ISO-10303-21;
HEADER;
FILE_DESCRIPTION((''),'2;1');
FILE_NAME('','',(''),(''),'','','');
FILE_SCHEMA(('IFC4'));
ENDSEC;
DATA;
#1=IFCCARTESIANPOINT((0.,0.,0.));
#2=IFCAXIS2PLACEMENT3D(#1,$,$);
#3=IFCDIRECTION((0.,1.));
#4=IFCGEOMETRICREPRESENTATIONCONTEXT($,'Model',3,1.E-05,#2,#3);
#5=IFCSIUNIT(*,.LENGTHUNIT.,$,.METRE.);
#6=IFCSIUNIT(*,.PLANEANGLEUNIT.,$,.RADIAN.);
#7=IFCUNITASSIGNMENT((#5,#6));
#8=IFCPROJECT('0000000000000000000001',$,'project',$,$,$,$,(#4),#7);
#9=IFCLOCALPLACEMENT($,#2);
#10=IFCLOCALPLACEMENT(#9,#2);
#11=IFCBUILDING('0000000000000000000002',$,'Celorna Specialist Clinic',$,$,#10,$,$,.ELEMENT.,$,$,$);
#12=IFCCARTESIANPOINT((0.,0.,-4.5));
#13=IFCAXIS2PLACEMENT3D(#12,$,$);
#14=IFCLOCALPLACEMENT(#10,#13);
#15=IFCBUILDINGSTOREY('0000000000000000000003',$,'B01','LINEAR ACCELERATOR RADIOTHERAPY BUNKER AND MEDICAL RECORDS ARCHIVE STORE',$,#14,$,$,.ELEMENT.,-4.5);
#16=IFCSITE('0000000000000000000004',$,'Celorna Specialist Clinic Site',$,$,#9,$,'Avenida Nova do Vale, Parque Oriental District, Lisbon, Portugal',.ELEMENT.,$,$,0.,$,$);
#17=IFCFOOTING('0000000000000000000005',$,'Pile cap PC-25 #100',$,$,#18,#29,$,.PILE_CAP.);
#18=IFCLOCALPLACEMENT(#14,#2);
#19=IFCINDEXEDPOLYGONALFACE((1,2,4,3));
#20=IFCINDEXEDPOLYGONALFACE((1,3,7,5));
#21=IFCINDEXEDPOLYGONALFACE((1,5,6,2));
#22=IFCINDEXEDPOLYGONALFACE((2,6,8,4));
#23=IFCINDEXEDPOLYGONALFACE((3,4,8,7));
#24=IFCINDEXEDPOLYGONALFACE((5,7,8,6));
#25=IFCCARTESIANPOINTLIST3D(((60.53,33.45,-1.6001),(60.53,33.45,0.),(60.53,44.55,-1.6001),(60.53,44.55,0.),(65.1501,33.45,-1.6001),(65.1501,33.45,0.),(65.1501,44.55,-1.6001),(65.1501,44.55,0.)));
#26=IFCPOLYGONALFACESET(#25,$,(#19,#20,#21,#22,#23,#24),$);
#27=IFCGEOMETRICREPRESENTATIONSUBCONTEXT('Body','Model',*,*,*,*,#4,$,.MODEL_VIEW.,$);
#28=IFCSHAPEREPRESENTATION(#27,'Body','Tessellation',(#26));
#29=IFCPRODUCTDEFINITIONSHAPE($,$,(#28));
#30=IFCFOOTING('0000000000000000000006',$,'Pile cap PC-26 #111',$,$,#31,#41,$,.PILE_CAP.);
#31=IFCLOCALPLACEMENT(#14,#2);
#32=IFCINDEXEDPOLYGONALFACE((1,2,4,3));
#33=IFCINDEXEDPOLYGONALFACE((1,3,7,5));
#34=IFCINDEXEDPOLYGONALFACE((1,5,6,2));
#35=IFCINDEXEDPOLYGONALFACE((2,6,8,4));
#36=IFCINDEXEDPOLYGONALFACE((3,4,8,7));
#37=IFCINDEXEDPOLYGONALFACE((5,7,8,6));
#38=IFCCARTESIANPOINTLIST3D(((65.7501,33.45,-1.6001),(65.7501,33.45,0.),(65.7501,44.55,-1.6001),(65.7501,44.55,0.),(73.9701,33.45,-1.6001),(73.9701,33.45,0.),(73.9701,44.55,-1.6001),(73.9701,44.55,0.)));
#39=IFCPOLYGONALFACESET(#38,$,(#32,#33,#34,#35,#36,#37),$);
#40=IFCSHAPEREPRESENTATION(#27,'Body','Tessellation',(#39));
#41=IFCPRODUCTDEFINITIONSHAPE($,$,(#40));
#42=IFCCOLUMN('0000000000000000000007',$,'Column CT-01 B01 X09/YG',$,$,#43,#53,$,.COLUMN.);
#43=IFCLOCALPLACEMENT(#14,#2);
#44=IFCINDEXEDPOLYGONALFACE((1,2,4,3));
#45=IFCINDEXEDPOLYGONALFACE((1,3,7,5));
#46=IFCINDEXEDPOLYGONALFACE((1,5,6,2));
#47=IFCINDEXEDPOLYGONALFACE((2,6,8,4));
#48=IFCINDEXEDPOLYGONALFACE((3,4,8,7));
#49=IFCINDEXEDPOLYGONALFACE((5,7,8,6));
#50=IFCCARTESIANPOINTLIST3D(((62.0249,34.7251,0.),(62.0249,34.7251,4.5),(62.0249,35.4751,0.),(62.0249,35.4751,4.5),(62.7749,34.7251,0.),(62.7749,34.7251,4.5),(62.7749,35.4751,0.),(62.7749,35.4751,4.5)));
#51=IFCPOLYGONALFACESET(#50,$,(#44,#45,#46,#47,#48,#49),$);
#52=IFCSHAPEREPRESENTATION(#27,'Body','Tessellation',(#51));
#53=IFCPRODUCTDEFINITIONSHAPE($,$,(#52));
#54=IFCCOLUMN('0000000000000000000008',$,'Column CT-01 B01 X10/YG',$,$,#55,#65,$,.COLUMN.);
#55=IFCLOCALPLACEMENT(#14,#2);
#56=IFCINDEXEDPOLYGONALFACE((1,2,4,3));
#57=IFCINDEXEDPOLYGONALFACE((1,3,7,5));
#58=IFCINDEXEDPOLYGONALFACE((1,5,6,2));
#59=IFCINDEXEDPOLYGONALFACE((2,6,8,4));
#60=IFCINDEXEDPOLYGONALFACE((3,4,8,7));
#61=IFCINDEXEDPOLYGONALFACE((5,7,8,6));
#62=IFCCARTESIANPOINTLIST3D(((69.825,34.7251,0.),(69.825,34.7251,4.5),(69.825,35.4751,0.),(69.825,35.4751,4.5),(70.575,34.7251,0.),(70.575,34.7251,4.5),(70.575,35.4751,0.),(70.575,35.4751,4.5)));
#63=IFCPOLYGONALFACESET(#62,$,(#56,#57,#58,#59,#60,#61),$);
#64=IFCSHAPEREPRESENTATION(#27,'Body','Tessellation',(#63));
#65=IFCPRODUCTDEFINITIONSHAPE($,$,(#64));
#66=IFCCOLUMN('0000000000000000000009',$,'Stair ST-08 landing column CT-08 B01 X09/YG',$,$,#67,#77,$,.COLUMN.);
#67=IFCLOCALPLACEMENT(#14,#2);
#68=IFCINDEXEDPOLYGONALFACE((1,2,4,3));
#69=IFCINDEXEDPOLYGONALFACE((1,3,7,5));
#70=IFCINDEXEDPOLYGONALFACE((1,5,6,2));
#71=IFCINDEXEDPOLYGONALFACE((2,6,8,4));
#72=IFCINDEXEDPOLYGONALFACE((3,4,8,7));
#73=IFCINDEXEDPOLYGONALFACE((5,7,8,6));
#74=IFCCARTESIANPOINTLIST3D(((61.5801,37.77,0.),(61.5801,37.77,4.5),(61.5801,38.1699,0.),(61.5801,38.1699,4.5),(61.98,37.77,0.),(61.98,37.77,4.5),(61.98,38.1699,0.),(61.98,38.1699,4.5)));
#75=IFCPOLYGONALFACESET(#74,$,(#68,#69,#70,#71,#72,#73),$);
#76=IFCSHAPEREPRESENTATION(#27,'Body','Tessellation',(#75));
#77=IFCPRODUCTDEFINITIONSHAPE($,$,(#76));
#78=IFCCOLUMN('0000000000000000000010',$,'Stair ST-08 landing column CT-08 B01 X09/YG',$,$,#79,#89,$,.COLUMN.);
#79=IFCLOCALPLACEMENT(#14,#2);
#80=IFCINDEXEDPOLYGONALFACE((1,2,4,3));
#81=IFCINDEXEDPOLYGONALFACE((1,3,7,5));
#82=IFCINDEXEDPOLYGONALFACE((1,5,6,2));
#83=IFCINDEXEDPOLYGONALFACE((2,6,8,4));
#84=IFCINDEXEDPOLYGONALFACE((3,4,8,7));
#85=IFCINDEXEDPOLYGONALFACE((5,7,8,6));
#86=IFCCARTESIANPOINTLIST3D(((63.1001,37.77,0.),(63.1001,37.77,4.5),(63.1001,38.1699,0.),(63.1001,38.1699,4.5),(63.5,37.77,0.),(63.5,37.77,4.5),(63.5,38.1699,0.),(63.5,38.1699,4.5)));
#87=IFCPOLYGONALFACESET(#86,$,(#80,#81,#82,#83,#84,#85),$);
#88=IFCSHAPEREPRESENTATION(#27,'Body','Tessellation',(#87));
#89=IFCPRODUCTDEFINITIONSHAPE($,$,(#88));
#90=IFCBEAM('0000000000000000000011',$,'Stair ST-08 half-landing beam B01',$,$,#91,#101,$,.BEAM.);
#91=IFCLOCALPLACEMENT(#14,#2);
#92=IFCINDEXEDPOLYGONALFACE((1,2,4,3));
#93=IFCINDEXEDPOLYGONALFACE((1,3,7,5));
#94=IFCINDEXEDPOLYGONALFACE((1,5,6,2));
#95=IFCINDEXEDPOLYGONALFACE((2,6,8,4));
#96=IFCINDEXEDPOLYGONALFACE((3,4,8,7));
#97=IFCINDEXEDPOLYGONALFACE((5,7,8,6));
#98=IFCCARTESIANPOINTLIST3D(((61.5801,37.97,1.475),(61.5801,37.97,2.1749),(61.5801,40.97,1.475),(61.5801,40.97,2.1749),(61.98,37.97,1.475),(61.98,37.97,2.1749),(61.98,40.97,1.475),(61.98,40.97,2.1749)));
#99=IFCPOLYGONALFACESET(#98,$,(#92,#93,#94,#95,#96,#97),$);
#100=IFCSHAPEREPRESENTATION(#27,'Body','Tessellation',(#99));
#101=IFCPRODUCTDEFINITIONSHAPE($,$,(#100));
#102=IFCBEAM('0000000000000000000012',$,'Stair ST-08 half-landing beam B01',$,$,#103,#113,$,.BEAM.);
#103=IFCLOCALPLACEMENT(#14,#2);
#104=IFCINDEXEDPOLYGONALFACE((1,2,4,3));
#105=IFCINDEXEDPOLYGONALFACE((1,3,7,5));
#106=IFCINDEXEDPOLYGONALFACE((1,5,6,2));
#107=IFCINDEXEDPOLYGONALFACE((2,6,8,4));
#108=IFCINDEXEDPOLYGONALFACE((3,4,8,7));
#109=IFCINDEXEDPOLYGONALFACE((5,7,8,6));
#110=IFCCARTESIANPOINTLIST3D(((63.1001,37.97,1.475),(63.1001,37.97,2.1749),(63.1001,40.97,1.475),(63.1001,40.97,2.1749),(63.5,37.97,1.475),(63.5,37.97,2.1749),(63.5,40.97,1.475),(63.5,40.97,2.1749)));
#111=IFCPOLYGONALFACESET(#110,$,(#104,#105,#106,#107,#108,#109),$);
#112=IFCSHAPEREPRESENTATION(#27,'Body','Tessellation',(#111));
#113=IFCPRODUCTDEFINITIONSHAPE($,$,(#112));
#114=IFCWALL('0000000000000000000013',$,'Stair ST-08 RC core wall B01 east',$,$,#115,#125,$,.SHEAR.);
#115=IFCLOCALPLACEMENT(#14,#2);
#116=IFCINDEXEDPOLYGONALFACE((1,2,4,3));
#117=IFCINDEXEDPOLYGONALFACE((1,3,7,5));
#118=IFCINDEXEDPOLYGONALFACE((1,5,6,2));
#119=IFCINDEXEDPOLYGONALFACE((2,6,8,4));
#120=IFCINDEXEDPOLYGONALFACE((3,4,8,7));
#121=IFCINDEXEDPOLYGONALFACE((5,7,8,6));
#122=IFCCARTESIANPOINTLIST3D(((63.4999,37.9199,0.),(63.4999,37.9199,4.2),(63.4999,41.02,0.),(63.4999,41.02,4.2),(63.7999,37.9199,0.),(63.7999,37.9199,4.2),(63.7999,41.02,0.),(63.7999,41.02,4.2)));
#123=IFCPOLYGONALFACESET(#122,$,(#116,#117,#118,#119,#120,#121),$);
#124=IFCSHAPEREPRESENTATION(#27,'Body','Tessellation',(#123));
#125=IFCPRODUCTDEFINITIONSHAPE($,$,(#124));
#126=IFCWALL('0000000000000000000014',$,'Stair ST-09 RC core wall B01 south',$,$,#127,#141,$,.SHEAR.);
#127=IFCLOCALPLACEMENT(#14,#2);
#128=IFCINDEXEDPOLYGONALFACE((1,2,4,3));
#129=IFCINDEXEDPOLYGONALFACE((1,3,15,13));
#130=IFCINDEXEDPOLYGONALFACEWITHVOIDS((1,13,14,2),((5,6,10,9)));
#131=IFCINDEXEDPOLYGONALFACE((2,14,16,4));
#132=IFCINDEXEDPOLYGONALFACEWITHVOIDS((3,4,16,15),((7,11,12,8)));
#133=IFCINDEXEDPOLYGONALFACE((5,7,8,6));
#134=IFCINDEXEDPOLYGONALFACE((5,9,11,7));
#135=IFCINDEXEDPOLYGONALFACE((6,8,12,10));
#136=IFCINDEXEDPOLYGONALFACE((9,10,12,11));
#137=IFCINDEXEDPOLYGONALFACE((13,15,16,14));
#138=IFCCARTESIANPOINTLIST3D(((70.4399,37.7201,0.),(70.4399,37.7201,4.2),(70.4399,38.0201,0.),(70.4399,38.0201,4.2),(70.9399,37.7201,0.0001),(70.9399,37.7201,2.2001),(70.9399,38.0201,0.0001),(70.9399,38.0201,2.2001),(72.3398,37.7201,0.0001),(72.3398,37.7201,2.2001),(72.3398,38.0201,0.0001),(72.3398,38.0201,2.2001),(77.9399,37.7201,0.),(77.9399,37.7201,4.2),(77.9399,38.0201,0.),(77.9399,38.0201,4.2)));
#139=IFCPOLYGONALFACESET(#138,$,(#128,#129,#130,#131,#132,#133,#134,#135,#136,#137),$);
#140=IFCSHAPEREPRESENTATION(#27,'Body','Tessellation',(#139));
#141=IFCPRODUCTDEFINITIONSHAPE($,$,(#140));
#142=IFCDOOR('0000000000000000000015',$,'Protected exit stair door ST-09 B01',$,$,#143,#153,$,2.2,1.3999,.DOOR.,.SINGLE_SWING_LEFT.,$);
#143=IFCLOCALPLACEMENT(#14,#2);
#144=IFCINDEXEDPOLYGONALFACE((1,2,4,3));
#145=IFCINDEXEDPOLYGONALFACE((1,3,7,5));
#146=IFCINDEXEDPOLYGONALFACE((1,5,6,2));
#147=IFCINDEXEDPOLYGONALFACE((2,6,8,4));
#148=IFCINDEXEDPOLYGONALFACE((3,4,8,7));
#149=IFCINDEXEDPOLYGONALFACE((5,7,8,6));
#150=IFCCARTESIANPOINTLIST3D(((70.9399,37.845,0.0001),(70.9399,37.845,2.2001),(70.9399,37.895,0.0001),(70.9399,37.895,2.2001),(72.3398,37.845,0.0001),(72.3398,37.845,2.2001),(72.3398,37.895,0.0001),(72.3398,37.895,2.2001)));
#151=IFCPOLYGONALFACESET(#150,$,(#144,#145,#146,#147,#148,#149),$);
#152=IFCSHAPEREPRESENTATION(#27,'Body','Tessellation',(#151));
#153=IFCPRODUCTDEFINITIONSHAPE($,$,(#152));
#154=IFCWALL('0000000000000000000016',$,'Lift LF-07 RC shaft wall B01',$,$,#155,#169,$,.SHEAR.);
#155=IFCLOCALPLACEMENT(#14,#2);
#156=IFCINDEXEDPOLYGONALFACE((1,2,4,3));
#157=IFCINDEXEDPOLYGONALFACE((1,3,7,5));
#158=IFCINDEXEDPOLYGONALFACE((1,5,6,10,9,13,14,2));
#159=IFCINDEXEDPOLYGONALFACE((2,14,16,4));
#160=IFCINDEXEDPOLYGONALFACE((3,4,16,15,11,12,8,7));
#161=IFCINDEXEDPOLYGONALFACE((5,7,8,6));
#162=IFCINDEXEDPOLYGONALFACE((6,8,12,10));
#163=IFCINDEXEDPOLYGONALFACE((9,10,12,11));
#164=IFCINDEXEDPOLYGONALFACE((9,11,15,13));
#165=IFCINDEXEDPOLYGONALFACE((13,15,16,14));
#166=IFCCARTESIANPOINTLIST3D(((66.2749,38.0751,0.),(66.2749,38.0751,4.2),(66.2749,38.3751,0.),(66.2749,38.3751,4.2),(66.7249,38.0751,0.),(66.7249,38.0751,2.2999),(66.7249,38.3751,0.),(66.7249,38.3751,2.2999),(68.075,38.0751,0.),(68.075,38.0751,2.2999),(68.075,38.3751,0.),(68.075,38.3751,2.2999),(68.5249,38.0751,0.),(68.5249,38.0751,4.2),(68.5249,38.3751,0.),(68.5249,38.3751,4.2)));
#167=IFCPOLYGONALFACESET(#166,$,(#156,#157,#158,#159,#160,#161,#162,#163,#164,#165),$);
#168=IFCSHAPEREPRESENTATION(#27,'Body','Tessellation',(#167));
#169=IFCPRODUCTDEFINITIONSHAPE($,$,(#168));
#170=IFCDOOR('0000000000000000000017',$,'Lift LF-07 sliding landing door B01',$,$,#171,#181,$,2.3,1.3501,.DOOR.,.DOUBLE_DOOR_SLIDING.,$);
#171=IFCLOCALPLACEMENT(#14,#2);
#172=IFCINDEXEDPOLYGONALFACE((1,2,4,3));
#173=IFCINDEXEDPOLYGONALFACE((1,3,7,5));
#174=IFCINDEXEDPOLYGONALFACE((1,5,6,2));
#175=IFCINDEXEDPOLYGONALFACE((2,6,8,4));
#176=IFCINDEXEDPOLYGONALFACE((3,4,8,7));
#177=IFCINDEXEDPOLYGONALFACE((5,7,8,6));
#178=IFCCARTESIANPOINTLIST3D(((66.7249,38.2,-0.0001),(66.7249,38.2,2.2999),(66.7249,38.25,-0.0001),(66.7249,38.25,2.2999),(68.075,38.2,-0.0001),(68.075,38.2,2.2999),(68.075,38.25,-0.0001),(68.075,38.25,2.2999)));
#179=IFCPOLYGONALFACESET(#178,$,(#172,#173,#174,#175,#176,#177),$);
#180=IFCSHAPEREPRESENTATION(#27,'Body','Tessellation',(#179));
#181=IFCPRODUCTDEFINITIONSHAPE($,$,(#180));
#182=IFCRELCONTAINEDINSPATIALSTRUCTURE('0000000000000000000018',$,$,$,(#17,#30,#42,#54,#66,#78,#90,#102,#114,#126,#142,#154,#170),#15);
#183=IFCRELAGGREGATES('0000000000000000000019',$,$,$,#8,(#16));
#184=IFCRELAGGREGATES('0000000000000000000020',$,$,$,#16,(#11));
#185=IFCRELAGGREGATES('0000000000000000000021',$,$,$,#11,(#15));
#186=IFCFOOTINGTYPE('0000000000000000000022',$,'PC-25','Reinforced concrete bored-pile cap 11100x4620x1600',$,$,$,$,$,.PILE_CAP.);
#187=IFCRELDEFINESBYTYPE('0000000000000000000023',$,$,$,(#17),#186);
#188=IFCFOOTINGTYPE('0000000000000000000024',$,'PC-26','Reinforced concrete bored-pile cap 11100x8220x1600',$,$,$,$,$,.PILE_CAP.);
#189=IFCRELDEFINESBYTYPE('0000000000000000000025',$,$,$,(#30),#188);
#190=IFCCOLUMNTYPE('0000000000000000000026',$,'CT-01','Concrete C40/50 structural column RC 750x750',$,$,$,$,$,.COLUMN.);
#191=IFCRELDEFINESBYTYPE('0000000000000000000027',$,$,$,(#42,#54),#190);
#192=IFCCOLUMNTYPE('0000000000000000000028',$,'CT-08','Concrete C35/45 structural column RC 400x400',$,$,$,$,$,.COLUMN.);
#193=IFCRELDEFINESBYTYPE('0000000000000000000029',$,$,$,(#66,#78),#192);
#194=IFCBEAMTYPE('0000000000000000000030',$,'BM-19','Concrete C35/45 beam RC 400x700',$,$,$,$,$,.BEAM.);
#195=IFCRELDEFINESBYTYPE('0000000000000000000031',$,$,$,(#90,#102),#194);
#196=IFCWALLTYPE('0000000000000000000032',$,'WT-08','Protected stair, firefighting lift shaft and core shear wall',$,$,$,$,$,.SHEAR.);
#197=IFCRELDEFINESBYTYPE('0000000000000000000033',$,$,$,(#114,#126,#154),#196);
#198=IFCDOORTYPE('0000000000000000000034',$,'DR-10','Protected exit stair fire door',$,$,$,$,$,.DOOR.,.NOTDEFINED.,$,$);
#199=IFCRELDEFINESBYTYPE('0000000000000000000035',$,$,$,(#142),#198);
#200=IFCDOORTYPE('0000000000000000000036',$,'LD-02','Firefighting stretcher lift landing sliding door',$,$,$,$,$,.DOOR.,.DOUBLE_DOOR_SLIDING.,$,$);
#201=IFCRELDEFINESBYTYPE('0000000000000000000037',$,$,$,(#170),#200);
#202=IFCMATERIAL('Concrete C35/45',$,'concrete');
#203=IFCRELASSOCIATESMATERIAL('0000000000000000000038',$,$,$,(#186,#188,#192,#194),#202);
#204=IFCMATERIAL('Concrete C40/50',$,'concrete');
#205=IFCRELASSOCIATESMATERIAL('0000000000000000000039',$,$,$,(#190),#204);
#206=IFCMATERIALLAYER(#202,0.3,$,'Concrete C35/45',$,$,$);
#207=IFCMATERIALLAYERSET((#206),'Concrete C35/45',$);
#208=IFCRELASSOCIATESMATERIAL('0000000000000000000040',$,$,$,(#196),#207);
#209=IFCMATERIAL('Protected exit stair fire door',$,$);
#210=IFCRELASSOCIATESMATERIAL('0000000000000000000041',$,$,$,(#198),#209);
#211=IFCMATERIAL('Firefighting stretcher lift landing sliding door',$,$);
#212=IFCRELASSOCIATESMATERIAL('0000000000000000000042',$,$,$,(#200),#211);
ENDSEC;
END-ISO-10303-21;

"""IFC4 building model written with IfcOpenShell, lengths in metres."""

from ifc_helpers import new_model, si_unit, direction, frame, frame_2d, origin, origin_2d, place, context, subcontext, project, spatial, rectangle, extrude, material, layer, layer_set, material_profile, profile_set, type_object, element, fill, save


model = new_model("IFC4")

# Units and contexts
model_context = context("Model", 3, precision=1e-05, world=origin(), true_north=direction((0.0, 1.0)))
body_context = subcontext(model_context, "Body", "Model", "MODEL_VIEW")
ifc_project = project(units=[si_unit("LENGTHUNIT", "METRE"), si_unit("PLANEANGLEUNIT", "RADIAN")], contexts=[model_context])

# Site, building, storey
site_placement = place(None, origin())
site = spatial("IfcSite", under=ifc_project, at=site_placement, Name="Celorna Specialist Clinic Site", LongName="Avenida Nova do Vale, Parque Oriental District, Lisbon, Portugal", CompositionType="ELEMENT", RefElevation=0.0)
building_placement = place(site_placement, origin())
building = spatial("IfcBuilding", under=site, at=building_placement, Name="Celorna Specialist Clinic", CompositionType="ELEMENT")
storey_placement = place(building_placement, frame((0.0, 0.0, -4.5)))
storey = spatial("IfcBuildingStorey", under=building, at=storey_placement, Name="B01", Description="LINEAR ACCELERATOR RADIOTHERAPY BUNKER AND MEDICAL RECORDS ARCHIVE STORE", CompositionType="ELEMENT", Elevation=-4.5)

# Shared definitions
ifc_material_1 = material(Name="Concrete C35/45", Category="concrete")

# Footings
footing_type_1 = type_object("IfcFootingType", Name="PC-25", Description="Reinforced concrete bored-pile cap 11100x4620x1600", PredefinedType="PILE_CAP", material=ifc_material_1)
footing_1_placement = place(storey_placement, frame((62.8401, 39.0, -1.6001), z_axis=(0.0, 0.0, 1.0), x_axis=(1.0, 0.0, 0.0)))
element("IfcFooting", 1, at=footing_1_placement, inside=storey, type_object=footing_type_1, Name="Pile cap PC-25 #100", PredefinedType="PILE_CAP", context=body_context, shape_type="SweptSolid", body=[
    extrude(rectangle(XDim=4.6201, YDim=11.1001, at=origin_2d()), origin(), (0.0, 0.0, 1.0), 1.6001),
])
footing_type_2 = type_object("IfcFootingType", Name="PC-26", Description="Reinforced concrete bored-pile cap 11100x8220x1600", PredefinedType="PILE_CAP", material=ifc_material_1)
footing_2_placement = place(storey_placement, frame((69.8601, 39.0, -1.6001), z_axis=(0.0, 0.0, 1.0), x_axis=(1.0, 0.0, 0.0)))
element("IfcFooting", 2, at=footing_2_placement, inside=storey, type_object=footing_type_2, Name="Pile cap PC-26 #111", PredefinedType="PILE_CAP", context=body_context, shape_type="SweptSolid", body=[
    extrude(rectangle(XDim=8.22, YDim=11.1001, at=origin_2d()), origin(), (0.0, 0.0, 1.0), 1.6001),
])

# Columns
ifc_material_2 = material(Name="Concrete C40/50", Category="concrete")
ifc_material_profile_1 = material_profile(ifc_material_2, rectangle(XDim=0.75, YDim=0.75, at=origin_2d()), Name="RC 750x750")
ifc_profile_set_1 = profile_set([ifc_material_profile_1], Name="Concrete C40/50")
column_type_1 = type_object("IfcColumnType", Name="CT-01", Description="Concrete C40/50 structural column RC 750x750", PredefinedType="COLUMN", material=ifc_profile_set_1)
for number, where, z_axis, x_axis, name in (
    (3, (62.3999, 35.1001, 0.0), (0.0, 0.0, 1.0), (1.0, 0.0, 0.0), "Column CT-01 B01 X09/YG"),
    (4, (70.2, 35.1001, 0.0), (0.0, 0.0, 1.0), (1.0, 0.0, 0.0), "Column CT-01 B01 X10/YG"),
):
    element("IfcColumn", number, at=place(storey_placement, frame(where, z_axis=z_axis, x_axis=x_axis)), inside=storey, type_object=column_type_1, Name=name, PredefinedType="COLUMN", context=body_context, shape_type="SweptSolid", body=[
        extrude(rectangle(XDim=0.75, YDim=0.75, at=origin_2d()), origin(), (0.0, 0.0, 1.0), 4.5),
    ])
ifc_material_profile_2 = material_profile(ifc_material_1, rectangle(XDim=0.3999, YDim=0.3999, at=origin_2d()), Name="RC 400x400")
ifc_profile_set_2 = profile_set([ifc_material_profile_2], Name="Concrete C35/45")
column_type_2 = type_object("IfcColumnType", Name="CT-08", Description="Concrete C35/45 structural column RC 400x400", PredefinedType="COLUMN", material=ifc_profile_set_2)
for number, where, z_axis, x_axis, name in (
    (5, (61.78, 37.97, 0.0), (0.0, 0.0, 1.0), (1.0, 0.0, 0.0), "Stair ST-08 landing column CT-08 B01 X09/YG"),
    (6, (63.3, 37.97, 0.0), (0.0, 0.0, 1.0), (1.0, 0.0, 0.0), "Stair ST-08 landing column CT-08 B01 X09/YG"),
):
    element("IfcColumn", number, at=place(storey_placement, frame(where, z_axis=z_axis, x_axis=x_axis)), inside=storey, type_object=column_type_2, Name=name, PredefinedType="COLUMN", context=body_context, shape_type="SweptSolid", body=[
        extrude(rectangle(XDim=0.3999, YDim=0.3999, at=origin_2d()), origin(), (0.0, 0.0, 1.0), 4.5),
    ])

# Beams
ifc_material_profile_3 = material_profile(ifc_material_1, rectangle(XDim=0.3999, YDim=0.7, at=origin_2d()), Name="RC 400x700")
ifc_profile_set_3 = profile_set([ifc_material_profile_3], Name="Concrete C35/45")
beam_type = type_object("IfcBeamType", Name="BM-19", Description="Concrete C35/45 beam RC 400x700", PredefinedType="BEAM", material=ifc_profile_set_3)
for number, where, z_axis, x_axis, name in (
    (7, (61.78, 37.97, 1.825), (0.0, 1.0, 0.0), (-1.0, 0.0, 0.0), "Stair ST-08 half-landing beam B01"),
    (8, (63.3, 37.97, 1.825), (0.0, 1.0, 0.0), (-1.0, 0.0, 0.0), "Stair ST-08 half-landing beam B01"),
):
    element("IfcBeam", number, at=place(storey_placement, frame(where, z_axis=z_axis, x_axis=x_axis)), inside=storey, type_object=beam_type, Name=name, PredefinedType="BEAM", context=body_context, shape_type="SweptSolid", body=[
        extrude(rectangle(XDim=0.3999, YDim=0.7, at=origin_2d()), origin(), (0.0, 0.0, 1.0), 3.0),
    ])

# Wall
ifc_layer_1 = layer(ifc_material_1, 0.3, Name="Concrete C35/45")
ifc_layer_set_1 = layer_set([ifc_layer_1], Name="Concrete C35/45")
wall_type_1 = type_object("IfcWallType", Name="WT-08", Description="Protected stair, firefighting lift shaft and core shear wall", PredefinedType="SHEAR", material=ifc_layer_set_1)
wall_1_placement = place(storey_placement, frame((63.6499, 37.9199, 0.0), z_axis=(0.0, 0.0, 1.0), x_axis=(0.0, 1.0, 0.0)))
element("IfcWall", 9, at=wall_1_placement, inside=storey, type_object=wall_type_1, Name="Stair ST-08 RC core wall B01 east", PredefinedType="SHEAR", context=body_context, shape_type="SweptSolid", body=[
    extrude(rectangle(XDim=3.1001, YDim=0.3, at=frame_2d((1.55, 0.0))), origin(), (0.0, 0.0, 1.0), 4.2),
])

# Walls, openings, doors
wall_2_placement = place(storey_placement, frame((70.4399, 37.8701, 0.0), z_axis=(0.0, 0.0, 1.0), x_axis=(1.0, 0.0, 0.0)))
wall_2 = element("IfcWall", 10, at=wall_2_placement, inside=storey, type_object=wall_type_1, Name="Stair ST-09 RC core wall B01 south", PredefinedType="SHEAR", context=body_context, shape_type="SweptSolid", body=[
    extrude(rectangle(XDim=7.5, YDim=0.3, at=frame_2d((3.75, 0.0))), origin(), (0.0, 0.0, 1.0), 4.2),
])
opening_1_placement = place(wall_2_placement, frame((0.5, 0.0, 0.0)))
opening_1 = element("IfcOpeningElement", 11, at=opening_1_placement, cuts=wall_2, PredefinedType="OPENING", context=body_context, shape_type="SweptSolid", body=[
    extrude(rectangle(XDim=1.3999, YDim=2.2, at=frame_2d((0.7, 1.1001))), frame((0.0, 0.1599, 0.0), z_axis=(0.0, -1.0, 0.0), x_axis=(1.0, 0.0, 0.0)), (0.0, 0.0, 1.0), 0.3201),
])
ifc_material_3 = material(Name="Protected exit stair fire door")
door_type_1 = type_object("IfcDoorType", Name="DR-10", Description="Protected exit stair fire door", OperationType="NOTDEFINED", PredefinedType="DOOR", material=ifc_material_3)
door_1_placement = place(opening_1_placement, origin())
door_1 = element("IfcDoor", 12, at=door_1_placement, inside=storey, type_object=door_type_1, Name="Protected exit stair door ST-09 B01", OperationType="SINGLE_SWING_LEFT", OverallHeight=2.2, OverallWidth=1.3999, PredefinedType="DOOR", context=body_context, shape_type="SweptSolid", body=[
    extrude(rectangle(XDim=1.3999, YDim=2.2, at=frame_2d((0.7, 1.1001))), frame((0.0, 0.0249, 0.0), z_axis=(0.0, -1.0, 0.0), x_axis=(1.0, 0.0, 0.0)), (0.0, 0.0, 1.0), 0.05),
])
fill(opening_1, door_1)
wall_3_placement = place(storey_placement, frame((66.2749, 38.2251, 0.0), z_axis=(0.0, 0.0, 1.0), x_axis=(1.0, 0.0, 0.0)))
wall_3 = element("IfcWall", 13, at=wall_3_placement, inside=storey, type_object=wall_type_1, Name="Lift LF-07 RC shaft wall B01", PredefinedType="SHEAR", context=body_context, shape_type="SweptSolid", body=[
    extrude(rectangle(XDim=2.25, YDim=0.3, at=frame_2d((1.125, 0.0))), origin(), (0.0, 0.0, 1.0), 4.2),
])
opening_2_placement = place(wall_3_placement, frame((0.45, 0.0, 0.0)))
opening_2 = element("IfcOpeningElement", 14, at=opening_2_placement, cuts=wall_3, PredefinedType="OPENING", context=body_context, shape_type="SweptSolid", body=[
    extrude(rectangle(XDim=1.3501, YDim=2.3, at=frame_2d((0.675, 1.1499))), frame((0.0, 0.1599, 0.0), z_axis=(0.0, -1.0, 0.0), x_axis=(1.0, 0.0, 0.0)), (0.0, 0.0, 1.0), 0.3201),
])
ifc_material_4 = material(Name="Firefighting stretcher lift landing sliding door")
door_type_2 = type_object("IfcDoorType", Name="LD-02", Description="Firefighting stretcher lift landing sliding door", OperationType="DOUBLE_DOOR_SLIDING", PredefinedType="DOOR", material=ifc_material_4)
door_2_placement = place(opening_2_placement, origin())
door_2 = element("IfcDoor", 15, at=door_2_placement, inside=storey, type_object=door_type_2, Name="Lift LF-07 sliding landing door B01", OperationType="DOUBLE_DOOR_SLIDING", OverallHeight=2.3, OverallWidth=1.3501, PredefinedType="DOOR", context=body_context, shape_type="SweptSolid", body=[
    extrude(rectangle(XDim=1.3501, YDim=2.3, at=frame_2d((0.675, 1.1499))), frame((0.0, 0.0249, 0.0), z_axis=(0.0, -1.0, 0.0), x_axis=(1.0, 0.0, 0.0)), (0.0, 0.0, 1.0), 0.05),
])
fill(opening_2, door_2)

save(model, "model.ifc")
